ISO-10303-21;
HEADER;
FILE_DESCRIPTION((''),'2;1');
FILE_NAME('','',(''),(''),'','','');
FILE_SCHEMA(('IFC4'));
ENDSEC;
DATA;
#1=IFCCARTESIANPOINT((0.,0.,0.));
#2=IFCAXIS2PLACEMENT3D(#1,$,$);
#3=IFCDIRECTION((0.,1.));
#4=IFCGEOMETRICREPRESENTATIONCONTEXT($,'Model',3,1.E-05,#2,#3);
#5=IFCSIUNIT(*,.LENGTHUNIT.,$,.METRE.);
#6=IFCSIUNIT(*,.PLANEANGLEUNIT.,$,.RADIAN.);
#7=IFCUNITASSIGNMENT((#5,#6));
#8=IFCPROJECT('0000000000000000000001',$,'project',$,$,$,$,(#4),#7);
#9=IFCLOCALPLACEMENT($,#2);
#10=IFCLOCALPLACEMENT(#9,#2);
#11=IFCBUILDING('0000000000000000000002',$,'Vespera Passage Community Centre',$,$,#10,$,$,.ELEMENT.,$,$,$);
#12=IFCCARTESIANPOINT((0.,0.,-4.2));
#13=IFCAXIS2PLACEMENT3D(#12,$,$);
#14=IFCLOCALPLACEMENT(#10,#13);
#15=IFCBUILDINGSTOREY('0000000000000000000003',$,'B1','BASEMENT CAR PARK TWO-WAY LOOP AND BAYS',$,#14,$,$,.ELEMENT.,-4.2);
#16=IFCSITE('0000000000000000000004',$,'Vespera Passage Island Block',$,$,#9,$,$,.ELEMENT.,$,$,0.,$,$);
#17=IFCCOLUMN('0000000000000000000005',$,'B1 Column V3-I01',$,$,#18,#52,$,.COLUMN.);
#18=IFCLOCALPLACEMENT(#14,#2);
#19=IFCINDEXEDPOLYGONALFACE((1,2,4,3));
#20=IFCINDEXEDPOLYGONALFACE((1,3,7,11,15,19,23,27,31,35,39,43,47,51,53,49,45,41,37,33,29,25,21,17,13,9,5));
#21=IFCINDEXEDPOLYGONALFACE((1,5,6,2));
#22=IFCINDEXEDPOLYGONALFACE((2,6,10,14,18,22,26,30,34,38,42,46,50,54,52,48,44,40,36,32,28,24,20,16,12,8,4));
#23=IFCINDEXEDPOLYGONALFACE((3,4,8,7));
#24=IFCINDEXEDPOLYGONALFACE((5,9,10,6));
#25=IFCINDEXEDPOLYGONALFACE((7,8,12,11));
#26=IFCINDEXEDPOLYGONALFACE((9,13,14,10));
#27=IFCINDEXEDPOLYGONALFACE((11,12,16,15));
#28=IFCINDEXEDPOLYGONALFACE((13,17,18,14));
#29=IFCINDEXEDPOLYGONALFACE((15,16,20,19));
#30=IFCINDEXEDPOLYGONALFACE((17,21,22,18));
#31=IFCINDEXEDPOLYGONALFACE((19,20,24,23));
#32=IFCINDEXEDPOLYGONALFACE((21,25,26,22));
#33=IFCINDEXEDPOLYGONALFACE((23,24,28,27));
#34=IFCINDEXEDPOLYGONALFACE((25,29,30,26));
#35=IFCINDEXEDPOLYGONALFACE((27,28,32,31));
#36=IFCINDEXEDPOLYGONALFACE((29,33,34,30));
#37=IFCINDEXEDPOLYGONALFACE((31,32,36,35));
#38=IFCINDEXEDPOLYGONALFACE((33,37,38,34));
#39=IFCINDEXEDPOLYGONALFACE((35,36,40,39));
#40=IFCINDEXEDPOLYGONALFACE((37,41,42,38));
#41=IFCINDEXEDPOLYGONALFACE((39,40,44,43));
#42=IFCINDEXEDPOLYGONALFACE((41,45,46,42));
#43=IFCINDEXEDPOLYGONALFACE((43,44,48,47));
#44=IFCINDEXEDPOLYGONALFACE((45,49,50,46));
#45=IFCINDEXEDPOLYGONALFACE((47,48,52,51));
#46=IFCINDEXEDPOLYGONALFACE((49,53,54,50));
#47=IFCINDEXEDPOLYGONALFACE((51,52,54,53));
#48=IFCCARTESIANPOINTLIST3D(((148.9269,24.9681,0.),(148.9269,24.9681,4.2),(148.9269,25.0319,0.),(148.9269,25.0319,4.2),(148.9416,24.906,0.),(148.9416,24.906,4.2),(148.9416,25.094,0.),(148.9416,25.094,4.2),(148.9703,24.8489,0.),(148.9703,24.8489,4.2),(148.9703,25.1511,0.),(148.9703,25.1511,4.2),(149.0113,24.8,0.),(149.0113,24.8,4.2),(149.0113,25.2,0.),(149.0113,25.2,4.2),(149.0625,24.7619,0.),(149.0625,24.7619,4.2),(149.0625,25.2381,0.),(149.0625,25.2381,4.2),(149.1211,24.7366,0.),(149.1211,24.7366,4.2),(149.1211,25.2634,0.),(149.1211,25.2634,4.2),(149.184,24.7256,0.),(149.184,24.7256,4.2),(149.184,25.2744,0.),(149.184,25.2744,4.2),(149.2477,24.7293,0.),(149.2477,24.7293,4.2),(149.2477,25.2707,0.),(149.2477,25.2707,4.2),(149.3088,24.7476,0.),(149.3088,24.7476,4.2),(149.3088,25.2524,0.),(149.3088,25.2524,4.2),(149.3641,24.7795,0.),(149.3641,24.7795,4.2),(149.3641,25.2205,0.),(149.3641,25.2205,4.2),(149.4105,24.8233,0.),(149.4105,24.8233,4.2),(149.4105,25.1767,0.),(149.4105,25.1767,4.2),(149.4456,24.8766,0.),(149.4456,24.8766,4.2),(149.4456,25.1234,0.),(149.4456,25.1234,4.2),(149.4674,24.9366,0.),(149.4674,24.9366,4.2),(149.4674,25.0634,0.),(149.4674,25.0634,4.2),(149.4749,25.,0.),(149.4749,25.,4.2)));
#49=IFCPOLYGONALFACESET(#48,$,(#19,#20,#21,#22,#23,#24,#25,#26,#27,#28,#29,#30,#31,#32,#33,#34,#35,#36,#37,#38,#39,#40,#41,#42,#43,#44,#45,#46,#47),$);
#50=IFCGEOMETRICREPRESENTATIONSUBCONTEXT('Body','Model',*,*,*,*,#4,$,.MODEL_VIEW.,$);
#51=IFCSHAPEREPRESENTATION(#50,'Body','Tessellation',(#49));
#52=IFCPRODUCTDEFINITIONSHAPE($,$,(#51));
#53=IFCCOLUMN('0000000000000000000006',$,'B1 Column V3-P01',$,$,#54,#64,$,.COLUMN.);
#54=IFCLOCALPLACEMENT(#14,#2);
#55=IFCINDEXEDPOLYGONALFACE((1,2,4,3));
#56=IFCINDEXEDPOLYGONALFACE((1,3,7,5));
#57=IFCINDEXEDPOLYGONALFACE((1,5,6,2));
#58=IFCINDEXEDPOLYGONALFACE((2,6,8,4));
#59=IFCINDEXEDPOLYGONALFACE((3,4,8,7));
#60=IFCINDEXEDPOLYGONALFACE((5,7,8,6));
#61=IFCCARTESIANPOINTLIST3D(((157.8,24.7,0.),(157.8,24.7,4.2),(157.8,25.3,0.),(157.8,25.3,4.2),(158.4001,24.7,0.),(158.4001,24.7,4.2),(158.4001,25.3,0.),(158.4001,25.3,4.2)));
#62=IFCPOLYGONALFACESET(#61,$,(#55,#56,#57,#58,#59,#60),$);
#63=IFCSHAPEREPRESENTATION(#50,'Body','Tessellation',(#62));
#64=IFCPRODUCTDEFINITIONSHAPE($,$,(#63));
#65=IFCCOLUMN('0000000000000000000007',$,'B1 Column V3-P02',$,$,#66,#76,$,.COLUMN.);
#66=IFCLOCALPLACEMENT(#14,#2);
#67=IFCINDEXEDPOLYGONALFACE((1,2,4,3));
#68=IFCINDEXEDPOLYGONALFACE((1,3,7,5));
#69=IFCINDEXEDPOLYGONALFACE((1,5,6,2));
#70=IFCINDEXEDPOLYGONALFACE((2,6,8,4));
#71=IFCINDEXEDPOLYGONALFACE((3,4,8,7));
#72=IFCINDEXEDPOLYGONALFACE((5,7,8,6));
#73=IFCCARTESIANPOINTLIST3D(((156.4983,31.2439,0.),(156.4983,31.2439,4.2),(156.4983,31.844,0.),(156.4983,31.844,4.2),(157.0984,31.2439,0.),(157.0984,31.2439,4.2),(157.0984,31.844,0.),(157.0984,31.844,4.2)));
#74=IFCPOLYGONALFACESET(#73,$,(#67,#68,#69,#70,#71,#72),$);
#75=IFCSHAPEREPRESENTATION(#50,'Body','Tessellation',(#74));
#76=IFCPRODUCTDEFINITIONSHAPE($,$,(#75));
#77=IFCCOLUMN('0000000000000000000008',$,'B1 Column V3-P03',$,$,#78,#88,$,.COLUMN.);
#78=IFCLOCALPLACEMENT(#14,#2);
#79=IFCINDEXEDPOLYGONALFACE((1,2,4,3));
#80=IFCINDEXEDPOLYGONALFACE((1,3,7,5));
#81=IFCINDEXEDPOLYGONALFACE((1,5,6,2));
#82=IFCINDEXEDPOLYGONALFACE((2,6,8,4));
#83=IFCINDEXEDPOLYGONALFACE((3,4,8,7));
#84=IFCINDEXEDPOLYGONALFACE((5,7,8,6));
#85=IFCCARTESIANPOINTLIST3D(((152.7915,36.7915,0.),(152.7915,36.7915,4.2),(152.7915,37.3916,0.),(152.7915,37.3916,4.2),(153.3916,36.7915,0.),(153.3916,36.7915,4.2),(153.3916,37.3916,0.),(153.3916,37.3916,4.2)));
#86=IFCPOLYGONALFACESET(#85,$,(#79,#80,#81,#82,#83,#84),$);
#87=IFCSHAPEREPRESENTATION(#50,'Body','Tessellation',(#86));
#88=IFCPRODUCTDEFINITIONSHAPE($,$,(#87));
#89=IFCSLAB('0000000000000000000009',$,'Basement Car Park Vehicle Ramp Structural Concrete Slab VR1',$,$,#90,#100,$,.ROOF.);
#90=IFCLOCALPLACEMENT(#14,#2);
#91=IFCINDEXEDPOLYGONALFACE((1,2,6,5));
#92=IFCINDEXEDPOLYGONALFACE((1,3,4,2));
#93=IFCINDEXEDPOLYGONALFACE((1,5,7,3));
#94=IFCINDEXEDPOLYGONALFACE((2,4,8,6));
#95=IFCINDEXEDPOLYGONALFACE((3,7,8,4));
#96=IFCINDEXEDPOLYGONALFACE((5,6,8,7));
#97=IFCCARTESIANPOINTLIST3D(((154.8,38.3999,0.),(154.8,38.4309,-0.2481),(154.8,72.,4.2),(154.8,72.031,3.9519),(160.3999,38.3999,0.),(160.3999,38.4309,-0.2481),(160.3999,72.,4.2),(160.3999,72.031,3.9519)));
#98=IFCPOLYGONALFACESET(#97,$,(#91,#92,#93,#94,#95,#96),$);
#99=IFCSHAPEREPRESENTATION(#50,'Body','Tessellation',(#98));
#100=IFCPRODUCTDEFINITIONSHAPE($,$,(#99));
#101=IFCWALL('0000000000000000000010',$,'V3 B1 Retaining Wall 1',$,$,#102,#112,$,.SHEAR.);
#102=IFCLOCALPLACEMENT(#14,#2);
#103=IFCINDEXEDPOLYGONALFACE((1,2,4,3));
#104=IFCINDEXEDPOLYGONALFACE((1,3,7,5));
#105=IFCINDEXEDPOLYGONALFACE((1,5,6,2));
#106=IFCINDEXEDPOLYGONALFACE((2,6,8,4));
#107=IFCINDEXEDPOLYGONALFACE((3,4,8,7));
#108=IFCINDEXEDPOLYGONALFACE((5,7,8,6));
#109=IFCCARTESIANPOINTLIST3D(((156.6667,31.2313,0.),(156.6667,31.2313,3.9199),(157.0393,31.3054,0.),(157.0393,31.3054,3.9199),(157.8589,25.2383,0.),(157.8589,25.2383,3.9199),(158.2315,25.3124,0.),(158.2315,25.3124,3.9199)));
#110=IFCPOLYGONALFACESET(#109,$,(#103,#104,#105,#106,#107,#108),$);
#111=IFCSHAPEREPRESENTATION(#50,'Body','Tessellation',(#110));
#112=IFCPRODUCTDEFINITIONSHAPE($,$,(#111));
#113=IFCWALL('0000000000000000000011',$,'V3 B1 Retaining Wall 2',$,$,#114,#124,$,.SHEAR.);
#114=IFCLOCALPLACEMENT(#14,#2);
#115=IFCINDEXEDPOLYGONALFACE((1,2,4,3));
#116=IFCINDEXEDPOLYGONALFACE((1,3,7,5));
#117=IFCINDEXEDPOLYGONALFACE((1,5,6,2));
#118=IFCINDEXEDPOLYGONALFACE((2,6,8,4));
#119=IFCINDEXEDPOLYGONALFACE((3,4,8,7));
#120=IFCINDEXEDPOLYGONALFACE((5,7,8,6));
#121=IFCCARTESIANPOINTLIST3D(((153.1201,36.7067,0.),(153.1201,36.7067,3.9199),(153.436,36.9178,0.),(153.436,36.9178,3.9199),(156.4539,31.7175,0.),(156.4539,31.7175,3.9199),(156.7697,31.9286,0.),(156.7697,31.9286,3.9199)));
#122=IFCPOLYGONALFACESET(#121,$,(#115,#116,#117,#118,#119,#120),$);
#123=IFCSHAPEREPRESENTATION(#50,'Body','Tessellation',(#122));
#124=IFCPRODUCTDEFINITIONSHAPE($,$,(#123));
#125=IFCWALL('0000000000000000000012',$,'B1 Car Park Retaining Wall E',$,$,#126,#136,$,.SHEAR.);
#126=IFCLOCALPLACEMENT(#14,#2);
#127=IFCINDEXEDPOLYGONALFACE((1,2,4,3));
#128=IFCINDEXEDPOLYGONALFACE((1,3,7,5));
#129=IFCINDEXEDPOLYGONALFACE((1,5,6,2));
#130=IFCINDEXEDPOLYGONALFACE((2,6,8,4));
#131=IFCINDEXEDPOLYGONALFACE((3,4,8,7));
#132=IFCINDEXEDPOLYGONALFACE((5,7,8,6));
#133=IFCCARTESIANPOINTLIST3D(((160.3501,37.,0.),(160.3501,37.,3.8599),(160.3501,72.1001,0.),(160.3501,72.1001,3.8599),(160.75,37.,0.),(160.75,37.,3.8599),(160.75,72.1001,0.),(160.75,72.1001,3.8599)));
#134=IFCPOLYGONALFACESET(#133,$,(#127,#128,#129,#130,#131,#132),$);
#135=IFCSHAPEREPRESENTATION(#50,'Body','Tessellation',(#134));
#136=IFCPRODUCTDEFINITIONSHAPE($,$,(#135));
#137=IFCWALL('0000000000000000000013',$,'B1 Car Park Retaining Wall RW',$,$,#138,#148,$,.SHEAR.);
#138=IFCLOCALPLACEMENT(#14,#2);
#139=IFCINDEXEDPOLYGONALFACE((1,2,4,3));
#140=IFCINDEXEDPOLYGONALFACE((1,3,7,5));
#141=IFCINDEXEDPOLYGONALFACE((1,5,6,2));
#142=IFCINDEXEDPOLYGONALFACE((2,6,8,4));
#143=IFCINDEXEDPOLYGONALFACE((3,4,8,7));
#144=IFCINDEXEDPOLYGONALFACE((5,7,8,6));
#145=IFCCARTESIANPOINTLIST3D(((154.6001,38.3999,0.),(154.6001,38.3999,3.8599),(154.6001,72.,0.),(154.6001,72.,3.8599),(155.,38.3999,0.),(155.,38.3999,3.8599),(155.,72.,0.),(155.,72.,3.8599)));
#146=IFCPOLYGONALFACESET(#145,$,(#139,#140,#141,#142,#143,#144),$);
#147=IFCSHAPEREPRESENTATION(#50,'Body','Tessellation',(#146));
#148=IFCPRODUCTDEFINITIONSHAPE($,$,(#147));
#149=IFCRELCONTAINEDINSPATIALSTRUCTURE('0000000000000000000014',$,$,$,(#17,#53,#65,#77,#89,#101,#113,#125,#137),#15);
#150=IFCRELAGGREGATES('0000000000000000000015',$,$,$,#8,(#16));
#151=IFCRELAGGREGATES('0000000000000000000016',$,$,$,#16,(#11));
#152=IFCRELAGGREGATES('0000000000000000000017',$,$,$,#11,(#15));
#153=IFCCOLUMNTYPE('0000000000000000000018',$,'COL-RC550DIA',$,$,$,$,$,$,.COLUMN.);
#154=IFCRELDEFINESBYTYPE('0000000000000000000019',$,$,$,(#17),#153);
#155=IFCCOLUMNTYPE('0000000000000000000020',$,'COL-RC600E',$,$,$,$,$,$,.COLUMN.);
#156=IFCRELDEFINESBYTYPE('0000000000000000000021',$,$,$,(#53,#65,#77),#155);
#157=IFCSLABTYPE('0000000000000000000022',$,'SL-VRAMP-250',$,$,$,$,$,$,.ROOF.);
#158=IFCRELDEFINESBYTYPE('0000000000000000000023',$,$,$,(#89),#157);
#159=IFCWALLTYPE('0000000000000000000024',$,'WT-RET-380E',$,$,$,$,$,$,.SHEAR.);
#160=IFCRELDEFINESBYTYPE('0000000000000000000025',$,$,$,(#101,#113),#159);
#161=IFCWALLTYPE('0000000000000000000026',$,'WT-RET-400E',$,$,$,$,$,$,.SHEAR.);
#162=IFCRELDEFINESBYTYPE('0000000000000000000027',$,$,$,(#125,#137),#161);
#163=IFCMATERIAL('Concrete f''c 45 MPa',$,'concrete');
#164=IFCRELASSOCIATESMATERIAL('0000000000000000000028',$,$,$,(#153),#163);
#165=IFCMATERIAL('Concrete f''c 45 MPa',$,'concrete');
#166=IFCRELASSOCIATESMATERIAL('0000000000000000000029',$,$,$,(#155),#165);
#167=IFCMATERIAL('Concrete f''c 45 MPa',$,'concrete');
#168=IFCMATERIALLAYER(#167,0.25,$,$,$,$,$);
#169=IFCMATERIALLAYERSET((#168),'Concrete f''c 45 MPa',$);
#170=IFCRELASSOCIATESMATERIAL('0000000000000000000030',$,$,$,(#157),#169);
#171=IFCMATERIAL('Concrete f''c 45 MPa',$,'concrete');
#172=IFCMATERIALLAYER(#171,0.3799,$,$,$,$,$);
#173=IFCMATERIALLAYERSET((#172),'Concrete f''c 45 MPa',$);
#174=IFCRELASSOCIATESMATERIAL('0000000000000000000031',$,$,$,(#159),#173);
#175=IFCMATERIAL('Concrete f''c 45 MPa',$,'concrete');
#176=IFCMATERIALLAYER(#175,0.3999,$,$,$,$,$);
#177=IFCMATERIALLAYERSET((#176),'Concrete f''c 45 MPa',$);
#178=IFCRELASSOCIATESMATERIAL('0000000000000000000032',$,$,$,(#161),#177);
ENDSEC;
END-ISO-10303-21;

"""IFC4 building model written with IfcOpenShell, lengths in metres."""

from ifc_helpers import new_model, si_unit, direction, frame, frame_2d, origin, origin_2d, place, context, subcontext, project, spatial, polyline, rectangle, circle, outline, extrude, material, layer, layer_set, material_profile, profile_set, type_object, element, save


model = new_model("IFC4")

# Units and contexts
model_context = context("Model", 3, precision=1e-05, world=origin(), true_north=direction((0.0, 1.0)))
body_context = subcontext(model_context, "Body", "Model", "MODEL_VIEW")
ifc_project = project(units=[si_unit("LENGTHUNIT", "METRE"), si_unit("PLANEANGLEUNIT", "RADIAN")], contexts=[model_context])

# Site, building, storey
site_placement = place(None, origin())
site = spatial("IfcSite", under=ifc_project, at=site_placement, Name="Vespera Passage Island Block", CompositionType="ELEMENT", RefElevation=0.0)
building_placement = place(site_placement, origin())
building = spatial("IfcBuilding", under=site, at=building_placement, Name="Vespera Passage Community Centre", CompositionType="ELEMENT")
storey_placement = place(building_placement, frame((0.0, 0.0, -4.2)))
storey = spatial("IfcBuildingStorey", under=building, at=storey_placement, Name="B1", Description="BASEMENT CAR PARK TWO-WAY LOOP AND BAYS", CompositionType="ELEMENT", Elevation=-4.2)

# Columns
ifc_material_1 = material(Name="Concrete f'c 45 MPa", Category="concrete")
ifc_material_profile_1 = material_profile(ifc_material_1, circle(Radius=0.2749, at=origin_2d()), Name="RC550DIA")
ifc_profile_set_1 = profile_set([ifc_material_profile_1], Name="Concrete f'c 45 MPa")
column_type_1 = type_object("IfcColumnType", Name="COL-RC550DIA", PredefinedType="COLUMN", material=ifc_profile_set_1)
column_1_placement = place(storey_placement, frame((149.2, 25.0, 0.0), z_axis=(0.0, 0.0, 1.0), x_axis=(1.0, 0.0, 0.0)))
element("IfcColumn", 1, at=column_1_placement, inside=storey, type_object=column_type_1, Name="B1 Column V3-I01", PredefinedType="COLUMN", context=body_context, shape_type="SweptSolid", body=[
    extrude(circle(Radius=0.2749, at=origin_2d()), origin(), (0.0, 0.0, 1.0), 4.2),
])
ifc_material_2 = material(Name="Concrete f'c 45 MPa", Category="concrete")
ifc_material_profile_2 = material_profile(ifc_material_2, rectangle(XDim=0.6001, YDim=0.6001, at=origin_2d()), Name="RC600X600")
ifc_profile_set_2 = profile_set([ifc_material_profile_2], Name="Concrete f'c 45 MPa")
column_type_2 = type_object("IfcColumnType", Name="COL-RC600E", PredefinedType="COLUMN", material=ifc_profile_set_2)
for number, where, z_axis, x_axis, name in (
    (2, (158.1001, 25.0, 0.0), (0.0, 0.0, 1.0), (1.0, 0.0, 0.0), "B1 Column V3-P01"),
    (3, (156.7983, 31.5439, 0.0), (0.0, 0.0, 1.0), (1.0, 0.0, 0.0), "B1 Column V3-P02"),
    (4, (153.0916, 37.0916, 0.0), (0.0, 0.0, 1.0), (1.0, 0.0, 0.0), "B1 Column V3-P03"),
):
    element("IfcColumn", number, at=place(storey_placement, frame(where, z_axis=z_axis, x_axis=x_axis)), inside=storey, type_object=column_type_2, Name=name, PredefinedType="COLUMN", context=body_context, shape_type="SweptSolid", body=[
        extrude(rectangle(XDim=0.6001, YDim=0.6001, at=origin_2d()), origin(), (0.0, 0.0, 1.0), 4.2),
    ])

# Slab
ifc_material_3 = material(Name="Concrete f'c 45 MPa", Category="concrete")
ifc_layer_1 = layer(ifc_material_3, 0.25)
ifc_layer_set_1 = layer_set([ifc_layer_1], Name="Concrete f'c 45 MPa")
slab_type = type_object("IfcSlabType", Name="SL-VRAMP-250", PredefinedType="ROOF", material=ifc_layer_set_1)
slab_placement = place(storey_placement, frame((154.8, 38.3999, 0.0), z_axis=(0.0, -0.124033, 0.992278), x_axis=(1.0, 0.0, 0.0)))
element("IfcSlab", 5, at=slab_placement, inside=storey, type_object=slab_type, Name="Basement Car Park Vehicle Ramp Structural Concrete Slab VR1", PredefinedType="ROOF", context=body_context, shape_type="SweptSolid", body=[
    extrude(outline(polyline([(0.0, 0.0), (5.5999, 0.0), (5.5999, 33.8616), (0.0, 33.8616), (0.0, 0.0)])), origin(), (0.0, 0.0, -1.0), 0.25),
])

# Walls
ifc_material_4 = material(Name="Concrete f'c 45 MPa", Category="concrete")
ifc_layer_2 = layer(ifc_material_4, 0.3799)
ifc_layer_set_2 = layer_set([ifc_layer_2], Name="Concrete f'c 45 MPa")
wall_type_1 = type_object("IfcWallType", Name="WT-RET-380E", PredefinedType="SHEAR", material=ifc_layer_set_2)
wall_1_placement = place(storey_placement, frame((156.853, 31.2683, 0.0), z_axis=(0.0, 0.0, 1.0), x_axis=(0.195102, -0.980783, 0.0)))
element("IfcWall", 6, at=wall_1_placement, inside=storey, type_object=wall_type_1, Name="V3 B1 Retaining Wall 1", PredefinedType="SHEAR", context=body_context, shape_type="SweptSolid", body=[
    extrude(rectangle(XDim=6.1104, YDim=0.3799, at=frame_2d((3.0552, 0.0))), origin(), (0.0, 0.0, 1.0), 3.9199),
])
wall_2_placement = place(storey_placement, frame((153.2781, 36.8123, 0.0), z_axis=(0.0, 0.0, 1.0), x_axis=(0.555573, -0.831468, 0.0)))
element("IfcWall", 7, at=wall_2_placement, inside=storey, type_object=wall_type_1, Name="V3 B1 Retaining Wall 2", PredefinedType="SHEAR", context=body_context, shape_type="SweptSolid", body=[
    extrude(rectangle(XDim=6.0005, YDim=0.3799, at=frame_2d((3.0002, 0.0))), origin(), (0.0, 0.0, 1.0), 3.9199),
])
ifc_material_5 = material(Name="Concrete f'c 45 MPa", Category="concrete")
ifc_layer_3 = layer(ifc_material_5, 0.3999)
ifc_layer_set_3 = layer_set([ifc_layer_3], Name="Concrete f'c 45 MPa")
wall_type_2 = type_object("IfcWallType", Name="WT-RET-400E", PredefinedType="SHEAR", material=ifc_layer_set_3)
wall_3_placement = place(storey_placement, frame((160.55, 37.0, 0.0), z_axis=(0.0, 0.0, 1.0), x_axis=(0.0, 1.0, 0.0)))
element("IfcWall", 8, at=wall_3_placement, inside=storey, type_object=wall_type_2, Name="B1 Car Park Retaining Wall E", PredefinedType="SHEAR", context=body_context, shape_type="SweptSolid", body=[
    extrude(rectangle(XDim=35.1001, YDim=0.3999, at=frame_2d((17.55, 0.0))), origin(), (0.0, 0.0, 1.0), 3.8599),
])
wall_4_placement = place(storey_placement, frame((154.8, 38.3999, 0.0), z_axis=(0.0, 0.0, 1.0), x_axis=(0.0, 1.0, 0.0)))
element("IfcWall", 9, at=wall_4_placement, inside=storey, type_object=wall_type_2, Name="B1 Car Park Retaining Wall RW", PredefinedType="SHEAR", context=body_context, shape_type="SweptSolid", body=[
    extrude(rectangle(XDim=33.6001, YDim=0.3999, at=frame_2d((16.8, 0.0))), origin(), (0.0, 0.0, 1.0), 3.8599),
])

save(model, "model.ifc")
